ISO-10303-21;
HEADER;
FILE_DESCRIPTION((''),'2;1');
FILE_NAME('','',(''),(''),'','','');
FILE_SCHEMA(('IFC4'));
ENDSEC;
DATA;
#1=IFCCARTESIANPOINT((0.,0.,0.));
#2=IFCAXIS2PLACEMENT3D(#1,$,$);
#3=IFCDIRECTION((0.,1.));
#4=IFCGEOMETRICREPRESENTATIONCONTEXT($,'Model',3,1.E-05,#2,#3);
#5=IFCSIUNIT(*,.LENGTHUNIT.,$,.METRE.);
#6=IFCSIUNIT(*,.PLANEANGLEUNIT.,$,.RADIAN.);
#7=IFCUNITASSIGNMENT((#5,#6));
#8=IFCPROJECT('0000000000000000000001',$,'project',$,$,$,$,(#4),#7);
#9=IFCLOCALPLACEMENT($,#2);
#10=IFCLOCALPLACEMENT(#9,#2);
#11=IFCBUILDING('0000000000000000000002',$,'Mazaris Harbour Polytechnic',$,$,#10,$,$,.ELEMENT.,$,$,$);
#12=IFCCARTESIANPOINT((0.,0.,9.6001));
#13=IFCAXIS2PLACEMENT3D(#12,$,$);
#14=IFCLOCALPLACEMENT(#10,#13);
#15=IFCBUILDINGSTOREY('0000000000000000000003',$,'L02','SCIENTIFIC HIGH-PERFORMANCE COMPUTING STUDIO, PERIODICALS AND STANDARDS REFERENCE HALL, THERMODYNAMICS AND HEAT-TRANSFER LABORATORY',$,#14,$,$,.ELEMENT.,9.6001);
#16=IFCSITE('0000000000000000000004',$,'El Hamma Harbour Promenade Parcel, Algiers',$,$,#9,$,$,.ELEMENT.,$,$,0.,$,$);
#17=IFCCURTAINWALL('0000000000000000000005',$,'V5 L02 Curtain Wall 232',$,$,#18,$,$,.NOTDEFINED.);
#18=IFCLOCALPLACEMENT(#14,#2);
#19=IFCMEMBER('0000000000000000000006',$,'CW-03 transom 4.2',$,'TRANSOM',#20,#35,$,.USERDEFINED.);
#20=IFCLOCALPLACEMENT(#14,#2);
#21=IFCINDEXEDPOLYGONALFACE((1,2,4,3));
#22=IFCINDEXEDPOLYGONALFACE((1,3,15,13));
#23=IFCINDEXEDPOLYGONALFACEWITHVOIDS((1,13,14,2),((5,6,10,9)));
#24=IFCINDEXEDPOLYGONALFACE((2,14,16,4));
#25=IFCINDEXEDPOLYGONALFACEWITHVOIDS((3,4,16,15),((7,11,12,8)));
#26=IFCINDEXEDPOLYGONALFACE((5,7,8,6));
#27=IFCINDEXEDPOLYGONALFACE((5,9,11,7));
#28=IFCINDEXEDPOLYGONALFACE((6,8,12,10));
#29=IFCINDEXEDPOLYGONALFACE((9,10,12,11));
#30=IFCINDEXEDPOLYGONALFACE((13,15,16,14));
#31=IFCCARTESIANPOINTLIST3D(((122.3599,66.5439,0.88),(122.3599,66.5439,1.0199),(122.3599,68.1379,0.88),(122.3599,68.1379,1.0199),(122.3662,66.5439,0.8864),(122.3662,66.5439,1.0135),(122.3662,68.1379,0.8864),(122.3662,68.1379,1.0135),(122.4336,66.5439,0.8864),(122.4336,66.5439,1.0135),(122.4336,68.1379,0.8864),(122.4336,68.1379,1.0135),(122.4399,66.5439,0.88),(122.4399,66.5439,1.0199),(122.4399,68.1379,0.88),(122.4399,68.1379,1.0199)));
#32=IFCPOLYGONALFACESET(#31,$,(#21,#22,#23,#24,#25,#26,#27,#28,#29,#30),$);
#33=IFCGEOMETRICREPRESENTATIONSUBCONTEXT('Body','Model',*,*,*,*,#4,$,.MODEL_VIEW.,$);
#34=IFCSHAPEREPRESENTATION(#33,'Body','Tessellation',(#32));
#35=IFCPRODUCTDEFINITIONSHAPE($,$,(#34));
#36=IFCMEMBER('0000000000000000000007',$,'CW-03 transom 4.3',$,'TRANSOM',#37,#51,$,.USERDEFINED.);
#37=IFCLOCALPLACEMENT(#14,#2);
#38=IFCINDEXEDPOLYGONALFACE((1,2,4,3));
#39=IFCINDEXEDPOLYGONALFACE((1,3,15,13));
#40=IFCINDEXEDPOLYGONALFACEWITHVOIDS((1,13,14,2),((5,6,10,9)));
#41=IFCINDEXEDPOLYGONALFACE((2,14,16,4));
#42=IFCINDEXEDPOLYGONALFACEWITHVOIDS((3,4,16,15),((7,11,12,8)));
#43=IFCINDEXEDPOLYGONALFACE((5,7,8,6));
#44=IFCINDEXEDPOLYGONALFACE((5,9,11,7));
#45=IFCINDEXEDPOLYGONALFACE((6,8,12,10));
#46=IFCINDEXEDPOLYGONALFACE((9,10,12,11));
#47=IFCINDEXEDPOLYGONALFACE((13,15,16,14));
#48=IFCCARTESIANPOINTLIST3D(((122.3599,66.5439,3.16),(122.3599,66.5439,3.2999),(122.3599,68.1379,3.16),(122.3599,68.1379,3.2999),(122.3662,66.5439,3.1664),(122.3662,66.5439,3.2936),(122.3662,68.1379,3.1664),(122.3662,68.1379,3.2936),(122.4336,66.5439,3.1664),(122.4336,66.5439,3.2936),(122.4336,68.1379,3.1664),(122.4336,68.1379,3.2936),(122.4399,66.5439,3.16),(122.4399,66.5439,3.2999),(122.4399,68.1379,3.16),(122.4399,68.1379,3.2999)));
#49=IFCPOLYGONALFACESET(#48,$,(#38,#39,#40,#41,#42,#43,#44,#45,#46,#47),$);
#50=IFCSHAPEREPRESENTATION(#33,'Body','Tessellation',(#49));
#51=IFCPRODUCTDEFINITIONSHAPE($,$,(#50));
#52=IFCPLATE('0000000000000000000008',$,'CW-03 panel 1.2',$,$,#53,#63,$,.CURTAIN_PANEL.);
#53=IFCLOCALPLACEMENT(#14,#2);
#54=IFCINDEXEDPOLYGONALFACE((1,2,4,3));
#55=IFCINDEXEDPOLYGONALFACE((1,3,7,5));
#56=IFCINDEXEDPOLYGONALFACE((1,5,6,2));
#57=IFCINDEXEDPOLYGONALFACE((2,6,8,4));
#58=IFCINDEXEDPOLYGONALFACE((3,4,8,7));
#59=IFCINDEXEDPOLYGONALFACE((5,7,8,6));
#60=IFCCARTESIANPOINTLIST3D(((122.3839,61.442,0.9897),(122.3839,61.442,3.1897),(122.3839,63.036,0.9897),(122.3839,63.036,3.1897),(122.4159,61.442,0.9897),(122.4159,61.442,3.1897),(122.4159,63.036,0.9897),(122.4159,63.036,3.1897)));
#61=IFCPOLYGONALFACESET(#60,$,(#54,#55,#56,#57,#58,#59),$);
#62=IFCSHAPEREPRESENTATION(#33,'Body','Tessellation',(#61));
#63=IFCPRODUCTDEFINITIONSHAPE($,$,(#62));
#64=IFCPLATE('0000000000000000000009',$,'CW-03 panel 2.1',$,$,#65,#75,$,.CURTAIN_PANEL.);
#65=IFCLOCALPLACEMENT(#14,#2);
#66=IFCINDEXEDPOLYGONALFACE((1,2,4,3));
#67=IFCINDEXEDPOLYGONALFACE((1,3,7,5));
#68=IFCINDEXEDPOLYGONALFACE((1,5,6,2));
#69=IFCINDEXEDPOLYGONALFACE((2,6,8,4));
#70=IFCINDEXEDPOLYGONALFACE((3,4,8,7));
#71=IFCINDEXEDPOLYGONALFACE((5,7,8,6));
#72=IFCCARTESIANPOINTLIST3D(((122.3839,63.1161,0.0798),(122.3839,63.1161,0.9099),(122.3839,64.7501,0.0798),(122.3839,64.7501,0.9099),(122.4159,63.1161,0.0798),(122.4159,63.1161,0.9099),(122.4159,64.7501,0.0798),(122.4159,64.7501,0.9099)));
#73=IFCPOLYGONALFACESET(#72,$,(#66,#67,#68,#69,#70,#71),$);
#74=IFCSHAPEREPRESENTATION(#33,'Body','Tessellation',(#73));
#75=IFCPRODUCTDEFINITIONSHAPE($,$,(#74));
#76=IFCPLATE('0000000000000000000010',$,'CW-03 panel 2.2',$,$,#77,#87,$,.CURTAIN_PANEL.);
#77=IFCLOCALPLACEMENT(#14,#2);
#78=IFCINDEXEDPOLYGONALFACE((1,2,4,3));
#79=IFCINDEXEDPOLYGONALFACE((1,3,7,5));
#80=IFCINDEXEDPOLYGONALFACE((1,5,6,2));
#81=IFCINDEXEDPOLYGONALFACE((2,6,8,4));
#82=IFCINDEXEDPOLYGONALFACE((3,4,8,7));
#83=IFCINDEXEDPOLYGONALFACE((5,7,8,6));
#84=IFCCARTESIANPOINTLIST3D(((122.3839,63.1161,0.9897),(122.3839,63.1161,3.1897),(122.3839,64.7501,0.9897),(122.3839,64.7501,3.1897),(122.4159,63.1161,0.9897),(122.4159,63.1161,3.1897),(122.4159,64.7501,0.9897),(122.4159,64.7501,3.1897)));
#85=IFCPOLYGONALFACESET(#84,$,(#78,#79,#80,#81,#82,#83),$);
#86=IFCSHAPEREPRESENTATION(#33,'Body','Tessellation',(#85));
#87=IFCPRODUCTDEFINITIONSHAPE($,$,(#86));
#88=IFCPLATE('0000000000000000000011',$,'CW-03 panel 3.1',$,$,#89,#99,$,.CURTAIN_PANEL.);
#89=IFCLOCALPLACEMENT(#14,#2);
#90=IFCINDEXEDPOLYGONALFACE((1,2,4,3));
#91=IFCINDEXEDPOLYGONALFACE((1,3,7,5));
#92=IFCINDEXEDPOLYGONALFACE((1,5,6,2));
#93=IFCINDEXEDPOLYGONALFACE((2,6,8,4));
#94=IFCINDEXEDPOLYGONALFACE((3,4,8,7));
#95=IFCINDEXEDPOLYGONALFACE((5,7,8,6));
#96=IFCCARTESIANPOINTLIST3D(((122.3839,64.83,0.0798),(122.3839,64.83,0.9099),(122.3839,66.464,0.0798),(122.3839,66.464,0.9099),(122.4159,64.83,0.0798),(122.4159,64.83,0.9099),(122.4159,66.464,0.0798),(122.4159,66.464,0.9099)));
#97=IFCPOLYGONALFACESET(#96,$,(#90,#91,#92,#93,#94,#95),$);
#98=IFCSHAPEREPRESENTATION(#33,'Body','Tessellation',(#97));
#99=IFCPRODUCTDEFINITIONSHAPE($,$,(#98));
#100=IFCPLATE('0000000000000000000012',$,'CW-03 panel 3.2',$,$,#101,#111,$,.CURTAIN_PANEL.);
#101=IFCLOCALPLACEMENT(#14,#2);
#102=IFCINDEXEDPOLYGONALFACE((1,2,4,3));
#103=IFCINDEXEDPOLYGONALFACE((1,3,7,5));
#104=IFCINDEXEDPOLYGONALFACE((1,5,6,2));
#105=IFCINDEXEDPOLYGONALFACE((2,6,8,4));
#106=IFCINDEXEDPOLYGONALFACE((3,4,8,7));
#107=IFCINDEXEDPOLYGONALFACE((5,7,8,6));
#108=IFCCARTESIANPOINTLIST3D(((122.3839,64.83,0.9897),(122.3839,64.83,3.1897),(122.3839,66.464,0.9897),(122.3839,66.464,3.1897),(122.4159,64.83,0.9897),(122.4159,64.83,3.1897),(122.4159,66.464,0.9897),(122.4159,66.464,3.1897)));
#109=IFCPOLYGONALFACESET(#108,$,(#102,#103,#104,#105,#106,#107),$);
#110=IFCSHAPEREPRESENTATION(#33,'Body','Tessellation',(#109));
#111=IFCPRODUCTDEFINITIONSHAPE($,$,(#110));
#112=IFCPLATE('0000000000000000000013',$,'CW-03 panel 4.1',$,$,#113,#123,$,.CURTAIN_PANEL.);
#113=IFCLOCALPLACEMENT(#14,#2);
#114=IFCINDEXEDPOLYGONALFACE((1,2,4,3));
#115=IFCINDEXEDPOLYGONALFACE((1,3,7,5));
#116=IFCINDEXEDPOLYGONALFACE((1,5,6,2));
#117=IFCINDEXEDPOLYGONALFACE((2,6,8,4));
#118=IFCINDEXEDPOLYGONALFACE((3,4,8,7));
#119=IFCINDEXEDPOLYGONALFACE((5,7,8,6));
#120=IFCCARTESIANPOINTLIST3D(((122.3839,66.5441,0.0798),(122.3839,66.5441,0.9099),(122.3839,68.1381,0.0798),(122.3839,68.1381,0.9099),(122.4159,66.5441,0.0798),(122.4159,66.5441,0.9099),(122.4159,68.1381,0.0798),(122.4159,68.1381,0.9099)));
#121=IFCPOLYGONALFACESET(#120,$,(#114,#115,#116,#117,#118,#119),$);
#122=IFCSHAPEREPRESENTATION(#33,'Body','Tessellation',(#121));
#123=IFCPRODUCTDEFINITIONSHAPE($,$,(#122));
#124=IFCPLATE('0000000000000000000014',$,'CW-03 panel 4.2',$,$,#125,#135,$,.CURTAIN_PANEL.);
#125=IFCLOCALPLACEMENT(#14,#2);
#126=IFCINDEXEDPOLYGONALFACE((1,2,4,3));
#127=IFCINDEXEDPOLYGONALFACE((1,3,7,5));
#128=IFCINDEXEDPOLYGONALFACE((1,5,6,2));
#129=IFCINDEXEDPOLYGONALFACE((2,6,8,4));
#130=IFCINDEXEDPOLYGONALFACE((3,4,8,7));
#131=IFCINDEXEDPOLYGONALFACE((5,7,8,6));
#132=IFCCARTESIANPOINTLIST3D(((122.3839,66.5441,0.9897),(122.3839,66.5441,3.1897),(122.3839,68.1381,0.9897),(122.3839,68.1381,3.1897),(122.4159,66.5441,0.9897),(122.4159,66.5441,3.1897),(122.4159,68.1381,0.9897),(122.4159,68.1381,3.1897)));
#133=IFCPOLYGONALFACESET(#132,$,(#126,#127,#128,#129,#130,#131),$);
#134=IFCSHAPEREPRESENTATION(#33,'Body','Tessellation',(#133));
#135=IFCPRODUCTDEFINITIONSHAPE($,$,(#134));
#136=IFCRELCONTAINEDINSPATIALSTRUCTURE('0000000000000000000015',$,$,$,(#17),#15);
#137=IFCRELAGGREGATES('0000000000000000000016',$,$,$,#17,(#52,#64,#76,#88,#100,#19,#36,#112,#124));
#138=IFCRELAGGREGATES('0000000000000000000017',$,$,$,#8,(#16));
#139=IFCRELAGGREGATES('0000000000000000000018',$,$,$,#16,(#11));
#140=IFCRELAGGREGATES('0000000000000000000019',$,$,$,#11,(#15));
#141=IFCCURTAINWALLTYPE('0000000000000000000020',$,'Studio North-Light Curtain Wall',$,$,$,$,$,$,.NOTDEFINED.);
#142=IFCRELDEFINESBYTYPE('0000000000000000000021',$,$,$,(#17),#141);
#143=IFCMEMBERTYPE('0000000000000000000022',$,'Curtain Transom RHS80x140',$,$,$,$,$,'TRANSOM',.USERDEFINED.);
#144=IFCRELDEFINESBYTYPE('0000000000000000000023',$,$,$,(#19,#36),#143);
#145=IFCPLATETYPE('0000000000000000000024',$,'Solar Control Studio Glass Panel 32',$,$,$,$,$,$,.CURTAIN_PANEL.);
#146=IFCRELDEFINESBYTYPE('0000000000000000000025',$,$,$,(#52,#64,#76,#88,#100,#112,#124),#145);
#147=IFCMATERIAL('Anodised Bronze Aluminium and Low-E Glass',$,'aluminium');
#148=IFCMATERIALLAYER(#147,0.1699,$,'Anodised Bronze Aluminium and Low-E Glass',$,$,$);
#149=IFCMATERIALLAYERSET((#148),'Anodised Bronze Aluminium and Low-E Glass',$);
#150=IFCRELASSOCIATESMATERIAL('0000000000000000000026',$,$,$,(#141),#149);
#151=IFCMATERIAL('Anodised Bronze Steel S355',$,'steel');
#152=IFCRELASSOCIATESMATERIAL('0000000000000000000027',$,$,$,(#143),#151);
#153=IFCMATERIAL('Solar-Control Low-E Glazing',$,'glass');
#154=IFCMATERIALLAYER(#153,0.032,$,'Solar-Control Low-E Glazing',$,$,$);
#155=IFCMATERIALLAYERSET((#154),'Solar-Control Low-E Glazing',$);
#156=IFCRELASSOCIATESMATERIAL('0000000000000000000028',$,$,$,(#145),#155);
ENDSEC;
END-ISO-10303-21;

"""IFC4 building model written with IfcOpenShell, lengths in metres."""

from ifc_helpers import new_model, si_unit, direction, frame, origin, origin_2d, place, context, subcontext, project, spatial, rectangle, hollow_rectangle, extrude, material, layer, layer_set, material_profile, profile_set, type_object, element, aggregate, save


model = new_model("IFC4")

# Units and contexts
model_context = context("Model", 3, precision=1e-05, world=origin(), true_north=direction((0.0, 1.0)))
body_context = subcontext(model_context, "Body", "Model", "MODEL_VIEW")
ifc_project = project(units=[si_unit("LENGTHUNIT", "METRE"), si_unit("PLANEANGLEUNIT", "RADIAN")], contexts=[model_context])

# Site, building, storey
site_placement = place(None, origin())
site = spatial("IfcSite", under=ifc_project, at=site_placement, Name="El Hamma Harbour Promenade Parcel, Algiers", CompositionType="ELEMENT", RefElevation=0.0)
building_placement = place(site_placement, origin())
building = spatial("IfcBuilding", under=site, at=building_placement, Name="Mazaris Harbour Polytechnic", CompositionType="ELEMENT")
storey_placement = place(building_placement, frame((0.0, 0.0, 9.6001)))
storey = spatial("IfcBuildingStorey", under=building, at=storey_placement, Name="L02", Description="SCIENTIFIC HIGH-PERFORMANCE COMPUTING STUDIO, PERIODICALS AND STANDARDS REFERENCE HALL, THERMODYNAMICS AND HEAT-TRANSFER LABORATORY", CompositionType="ELEMENT", Elevation=9.6001)

# Curtain wall, members, plates
ifc_material_1 = material(Name="Anodised Bronze Aluminium and Low-E Glass", Category="aluminium")
ifc_layer_1 = layer(ifc_material_1, 0.1699, Name="Anodised Bronze Aluminium and Low-E Glass")
ifc_layer_set_1 = layer_set([ifc_layer_1], Name="Anodised Bronze Aluminium and Low-E Glass")
curtain_wall_type = type_object("IfcCurtainWallType", Name="Studio North-Light Curtain Wall", PredefinedType="NOTDEFINED", material=ifc_layer_set_1)
curtain_wall_placement = place(storey_placement, origin())
curtain_wall = element("IfcCurtainWall", 1, at=curtain_wall_placement, inside=storey, type_object=curtain_wall_type, Name="V5 L02 Curtain Wall 232", PredefinedType="NOTDEFINED")
ifc_material_2 = material(Name="Anodised Bronze Steel S355", Category="steel")
ifc_material_profile_1 = material_profile(ifc_material_2, hollow_rectangle(XDim=0.0801, YDim=0.1399, WallThickness=0.0063, at=origin_2d()), Name="RHS 80x140x6.3")
ifc_profile_set_1 = profile_set([ifc_material_profile_1], Name="Anodised Bronze Steel S355")
member_type_1 = type_object("IfcMemberType", Name="Curtain Transom RHS80x140", ElementType="TRANSOM", PredefinedType="USERDEFINED", material=ifc_profile_set_1)
member_1_placement = place(storey_placement, frame((122.3999, 66.5439, 0.95), z_axis=(0.0, 1.0, 0.0), x_axis=(-1.0, 0.0, 0.0)))
member_1 = element("IfcMember", 2, at=member_1_placement, type_object=member_type_1, Name="CW-03 transom 4.2", ObjectType="TRANSOM", PredefinedType="USERDEFINED", context=body_context, shape_type="SweptSolid", body=[
    extrude(hollow_rectangle(XDim=0.0801, YDim=0.1399, WallThickness=0.0063, at=origin_2d()), origin(), (0.0, 0.0, 1.0), 1.594),
])
member_2_placement = place(storey_placement, frame((122.3999, 66.5439, 3.23), z_axis=(0.0, 1.0, 0.0), x_axis=(-1.0, 0.0, 0.0)))
member_2 = element("IfcMember", 3, at=member_2_placement, type_object=member_type_1, Name="CW-03 transom 4.3", ObjectType="TRANSOM", PredefinedType="USERDEFINED", context=body_context, shape_type="SweptSolid", body=[
    extrude(hollow_rectangle(XDim=0.0801, YDim=0.1399, WallThickness=0.0063, at=origin_2d()), origin(), (0.0, 0.0, 1.0), 1.594),
])
ifc_material_3 = material(Name="Solar-Control Low-E Glazing", Category="glass")
ifc_layer_2 = layer(ifc_material_3, 0.032, Name="Solar-Control Low-E Glazing")
ifc_layer_set_2 = layer_set([ifc_layer_2], Name="Solar-Control Low-E Glazing")
plate_type = type_object("IfcPlateType", Name="Solar Control Studio Glass Panel 32", PredefinedType="CURTAIN_PANEL", material=ifc_layer_set_2)
plate_1_placement = place(storey_placement, frame((122.3999, 62.239, 0.9897), z_axis=(0.0, 0.0, 1.0), x_axis=(0.0, 1.0, 0.0)))
plate_1 = element("IfcPlate", 4, at=plate_1_placement, type_object=plate_type, Name="CW-03 panel 1.2", PredefinedType="CURTAIN_PANEL", context=body_context, shape_type="SweptSolid", body=[
    extrude(rectangle(XDim=1.594, YDim=0.032, at=origin_2d()), origin(), (0.0, 0.0, 1.0), 2.2),
])
plate_2_placement = place(storey_placement, frame((122.3999, 63.9331, 0.0798), z_axis=(0.0, 0.0, 1.0), x_axis=(0.0, 1.0, 0.0)))
plate_2 = element("IfcPlate", 5, at=plate_2_placement, type_object=plate_type, Name="CW-03 panel 2.1", PredefinedType="CURTAIN_PANEL", context=body_context, shape_type="SweptSolid", body=[
    extrude(rectangle(XDim=1.634, YDim=0.032, at=origin_2d()), origin(), (0.0, 0.0, 1.0), 0.8301),
])
plate_3_placement = place(storey_placement, frame((122.3999, 63.9331, 0.9897), z_axis=(0.0, 0.0, 1.0), x_axis=(0.0, 1.0, 0.0)))
plate_3 = element("IfcPlate", 6, at=plate_3_placement, type_object=plate_type, Name="CW-03 panel 2.2", PredefinedType="CURTAIN_PANEL", context=body_context, shape_type="SweptSolid", body=[
    extrude(rectangle(XDim=1.634, YDim=0.032, at=origin_2d()), origin(), (0.0, 0.0, 1.0), 2.2),
])
plate_4_placement = place(storey_placement, frame((122.3999, 65.647, 0.0798), z_axis=(0.0, 0.0, 1.0), x_axis=(0.0, 1.0, 0.0)))
plate_4 = element("IfcPlate", 7, at=plate_4_placement, type_object=plate_type, Name="CW-03 panel 3.1", PredefinedType="CURTAIN_PANEL", context=body_context, shape_type="SweptSolid", body=[
    extrude(rectangle(XDim=1.634, YDim=0.032, at=origin_2d()), origin(), (0.0, 0.0, 1.0), 0.8301),
])
plate_5_placement = place(storey_placement, frame((122.3999, 65.647, 0.9897), z_axis=(0.0, 0.0, 1.0), x_axis=(0.0, 1.0, 0.0)))
plate_5 = element("IfcPlate", 8, at=plate_5_placement, type_object=plate_type, Name="CW-03 panel 3.2", PredefinedType="CURTAIN_PANEL", context=body_context, shape_type="SweptSolid", body=[
    extrude(rectangle(XDim=1.634, YDim=0.032, at=origin_2d()), origin(), (0.0, 0.0, 1.0), 2.2),
])
plate_6_placement = place(storey_placement, frame((122.3999, 67.3411, 0.0798), z_axis=(0.0, 0.0, 1.0), x_axis=(0.0, 1.0, 0.0)))
plate_6 = element("IfcPlate", 9, at=plate_6_placement, type_object=plate_type, Name="CW-03 panel 4.1", PredefinedType="CURTAIN_PANEL", context=body_context, shape_type="SweptSolid", body=[
    extrude(rectangle(XDim=1.594, YDim=0.032, at=origin_2d()), origin(), (0.0, 0.0, 1.0), 0.8301),
])
plate_7_placement = place(storey_placement, frame((122.3999, 67.3411, 0.9897), z_axis=(0.0, 0.0, 1.0), x_axis=(0.0, 1.0, 0.0)))
plate_7 = element("IfcPlate", 10, at=plate_7_placement, type_object=plate_type, Name="CW-03 panel 4.2", PredefinedType="CURTAIN_PANEL", context=body_context, shape_type="SweptSolid", body=[
    extrude(rectangle(XDim=1.594, YDim=0.032, at=origin_2d()), origin(), (0.0, 0.0, 1.0), 2.2),
])
aggregate(curtain_wall, [plate_1, plate_2, plate_3, plate_4, plate_5, member_1, member_2, plate_6, plate_7])

save(model, "model.ifc")
